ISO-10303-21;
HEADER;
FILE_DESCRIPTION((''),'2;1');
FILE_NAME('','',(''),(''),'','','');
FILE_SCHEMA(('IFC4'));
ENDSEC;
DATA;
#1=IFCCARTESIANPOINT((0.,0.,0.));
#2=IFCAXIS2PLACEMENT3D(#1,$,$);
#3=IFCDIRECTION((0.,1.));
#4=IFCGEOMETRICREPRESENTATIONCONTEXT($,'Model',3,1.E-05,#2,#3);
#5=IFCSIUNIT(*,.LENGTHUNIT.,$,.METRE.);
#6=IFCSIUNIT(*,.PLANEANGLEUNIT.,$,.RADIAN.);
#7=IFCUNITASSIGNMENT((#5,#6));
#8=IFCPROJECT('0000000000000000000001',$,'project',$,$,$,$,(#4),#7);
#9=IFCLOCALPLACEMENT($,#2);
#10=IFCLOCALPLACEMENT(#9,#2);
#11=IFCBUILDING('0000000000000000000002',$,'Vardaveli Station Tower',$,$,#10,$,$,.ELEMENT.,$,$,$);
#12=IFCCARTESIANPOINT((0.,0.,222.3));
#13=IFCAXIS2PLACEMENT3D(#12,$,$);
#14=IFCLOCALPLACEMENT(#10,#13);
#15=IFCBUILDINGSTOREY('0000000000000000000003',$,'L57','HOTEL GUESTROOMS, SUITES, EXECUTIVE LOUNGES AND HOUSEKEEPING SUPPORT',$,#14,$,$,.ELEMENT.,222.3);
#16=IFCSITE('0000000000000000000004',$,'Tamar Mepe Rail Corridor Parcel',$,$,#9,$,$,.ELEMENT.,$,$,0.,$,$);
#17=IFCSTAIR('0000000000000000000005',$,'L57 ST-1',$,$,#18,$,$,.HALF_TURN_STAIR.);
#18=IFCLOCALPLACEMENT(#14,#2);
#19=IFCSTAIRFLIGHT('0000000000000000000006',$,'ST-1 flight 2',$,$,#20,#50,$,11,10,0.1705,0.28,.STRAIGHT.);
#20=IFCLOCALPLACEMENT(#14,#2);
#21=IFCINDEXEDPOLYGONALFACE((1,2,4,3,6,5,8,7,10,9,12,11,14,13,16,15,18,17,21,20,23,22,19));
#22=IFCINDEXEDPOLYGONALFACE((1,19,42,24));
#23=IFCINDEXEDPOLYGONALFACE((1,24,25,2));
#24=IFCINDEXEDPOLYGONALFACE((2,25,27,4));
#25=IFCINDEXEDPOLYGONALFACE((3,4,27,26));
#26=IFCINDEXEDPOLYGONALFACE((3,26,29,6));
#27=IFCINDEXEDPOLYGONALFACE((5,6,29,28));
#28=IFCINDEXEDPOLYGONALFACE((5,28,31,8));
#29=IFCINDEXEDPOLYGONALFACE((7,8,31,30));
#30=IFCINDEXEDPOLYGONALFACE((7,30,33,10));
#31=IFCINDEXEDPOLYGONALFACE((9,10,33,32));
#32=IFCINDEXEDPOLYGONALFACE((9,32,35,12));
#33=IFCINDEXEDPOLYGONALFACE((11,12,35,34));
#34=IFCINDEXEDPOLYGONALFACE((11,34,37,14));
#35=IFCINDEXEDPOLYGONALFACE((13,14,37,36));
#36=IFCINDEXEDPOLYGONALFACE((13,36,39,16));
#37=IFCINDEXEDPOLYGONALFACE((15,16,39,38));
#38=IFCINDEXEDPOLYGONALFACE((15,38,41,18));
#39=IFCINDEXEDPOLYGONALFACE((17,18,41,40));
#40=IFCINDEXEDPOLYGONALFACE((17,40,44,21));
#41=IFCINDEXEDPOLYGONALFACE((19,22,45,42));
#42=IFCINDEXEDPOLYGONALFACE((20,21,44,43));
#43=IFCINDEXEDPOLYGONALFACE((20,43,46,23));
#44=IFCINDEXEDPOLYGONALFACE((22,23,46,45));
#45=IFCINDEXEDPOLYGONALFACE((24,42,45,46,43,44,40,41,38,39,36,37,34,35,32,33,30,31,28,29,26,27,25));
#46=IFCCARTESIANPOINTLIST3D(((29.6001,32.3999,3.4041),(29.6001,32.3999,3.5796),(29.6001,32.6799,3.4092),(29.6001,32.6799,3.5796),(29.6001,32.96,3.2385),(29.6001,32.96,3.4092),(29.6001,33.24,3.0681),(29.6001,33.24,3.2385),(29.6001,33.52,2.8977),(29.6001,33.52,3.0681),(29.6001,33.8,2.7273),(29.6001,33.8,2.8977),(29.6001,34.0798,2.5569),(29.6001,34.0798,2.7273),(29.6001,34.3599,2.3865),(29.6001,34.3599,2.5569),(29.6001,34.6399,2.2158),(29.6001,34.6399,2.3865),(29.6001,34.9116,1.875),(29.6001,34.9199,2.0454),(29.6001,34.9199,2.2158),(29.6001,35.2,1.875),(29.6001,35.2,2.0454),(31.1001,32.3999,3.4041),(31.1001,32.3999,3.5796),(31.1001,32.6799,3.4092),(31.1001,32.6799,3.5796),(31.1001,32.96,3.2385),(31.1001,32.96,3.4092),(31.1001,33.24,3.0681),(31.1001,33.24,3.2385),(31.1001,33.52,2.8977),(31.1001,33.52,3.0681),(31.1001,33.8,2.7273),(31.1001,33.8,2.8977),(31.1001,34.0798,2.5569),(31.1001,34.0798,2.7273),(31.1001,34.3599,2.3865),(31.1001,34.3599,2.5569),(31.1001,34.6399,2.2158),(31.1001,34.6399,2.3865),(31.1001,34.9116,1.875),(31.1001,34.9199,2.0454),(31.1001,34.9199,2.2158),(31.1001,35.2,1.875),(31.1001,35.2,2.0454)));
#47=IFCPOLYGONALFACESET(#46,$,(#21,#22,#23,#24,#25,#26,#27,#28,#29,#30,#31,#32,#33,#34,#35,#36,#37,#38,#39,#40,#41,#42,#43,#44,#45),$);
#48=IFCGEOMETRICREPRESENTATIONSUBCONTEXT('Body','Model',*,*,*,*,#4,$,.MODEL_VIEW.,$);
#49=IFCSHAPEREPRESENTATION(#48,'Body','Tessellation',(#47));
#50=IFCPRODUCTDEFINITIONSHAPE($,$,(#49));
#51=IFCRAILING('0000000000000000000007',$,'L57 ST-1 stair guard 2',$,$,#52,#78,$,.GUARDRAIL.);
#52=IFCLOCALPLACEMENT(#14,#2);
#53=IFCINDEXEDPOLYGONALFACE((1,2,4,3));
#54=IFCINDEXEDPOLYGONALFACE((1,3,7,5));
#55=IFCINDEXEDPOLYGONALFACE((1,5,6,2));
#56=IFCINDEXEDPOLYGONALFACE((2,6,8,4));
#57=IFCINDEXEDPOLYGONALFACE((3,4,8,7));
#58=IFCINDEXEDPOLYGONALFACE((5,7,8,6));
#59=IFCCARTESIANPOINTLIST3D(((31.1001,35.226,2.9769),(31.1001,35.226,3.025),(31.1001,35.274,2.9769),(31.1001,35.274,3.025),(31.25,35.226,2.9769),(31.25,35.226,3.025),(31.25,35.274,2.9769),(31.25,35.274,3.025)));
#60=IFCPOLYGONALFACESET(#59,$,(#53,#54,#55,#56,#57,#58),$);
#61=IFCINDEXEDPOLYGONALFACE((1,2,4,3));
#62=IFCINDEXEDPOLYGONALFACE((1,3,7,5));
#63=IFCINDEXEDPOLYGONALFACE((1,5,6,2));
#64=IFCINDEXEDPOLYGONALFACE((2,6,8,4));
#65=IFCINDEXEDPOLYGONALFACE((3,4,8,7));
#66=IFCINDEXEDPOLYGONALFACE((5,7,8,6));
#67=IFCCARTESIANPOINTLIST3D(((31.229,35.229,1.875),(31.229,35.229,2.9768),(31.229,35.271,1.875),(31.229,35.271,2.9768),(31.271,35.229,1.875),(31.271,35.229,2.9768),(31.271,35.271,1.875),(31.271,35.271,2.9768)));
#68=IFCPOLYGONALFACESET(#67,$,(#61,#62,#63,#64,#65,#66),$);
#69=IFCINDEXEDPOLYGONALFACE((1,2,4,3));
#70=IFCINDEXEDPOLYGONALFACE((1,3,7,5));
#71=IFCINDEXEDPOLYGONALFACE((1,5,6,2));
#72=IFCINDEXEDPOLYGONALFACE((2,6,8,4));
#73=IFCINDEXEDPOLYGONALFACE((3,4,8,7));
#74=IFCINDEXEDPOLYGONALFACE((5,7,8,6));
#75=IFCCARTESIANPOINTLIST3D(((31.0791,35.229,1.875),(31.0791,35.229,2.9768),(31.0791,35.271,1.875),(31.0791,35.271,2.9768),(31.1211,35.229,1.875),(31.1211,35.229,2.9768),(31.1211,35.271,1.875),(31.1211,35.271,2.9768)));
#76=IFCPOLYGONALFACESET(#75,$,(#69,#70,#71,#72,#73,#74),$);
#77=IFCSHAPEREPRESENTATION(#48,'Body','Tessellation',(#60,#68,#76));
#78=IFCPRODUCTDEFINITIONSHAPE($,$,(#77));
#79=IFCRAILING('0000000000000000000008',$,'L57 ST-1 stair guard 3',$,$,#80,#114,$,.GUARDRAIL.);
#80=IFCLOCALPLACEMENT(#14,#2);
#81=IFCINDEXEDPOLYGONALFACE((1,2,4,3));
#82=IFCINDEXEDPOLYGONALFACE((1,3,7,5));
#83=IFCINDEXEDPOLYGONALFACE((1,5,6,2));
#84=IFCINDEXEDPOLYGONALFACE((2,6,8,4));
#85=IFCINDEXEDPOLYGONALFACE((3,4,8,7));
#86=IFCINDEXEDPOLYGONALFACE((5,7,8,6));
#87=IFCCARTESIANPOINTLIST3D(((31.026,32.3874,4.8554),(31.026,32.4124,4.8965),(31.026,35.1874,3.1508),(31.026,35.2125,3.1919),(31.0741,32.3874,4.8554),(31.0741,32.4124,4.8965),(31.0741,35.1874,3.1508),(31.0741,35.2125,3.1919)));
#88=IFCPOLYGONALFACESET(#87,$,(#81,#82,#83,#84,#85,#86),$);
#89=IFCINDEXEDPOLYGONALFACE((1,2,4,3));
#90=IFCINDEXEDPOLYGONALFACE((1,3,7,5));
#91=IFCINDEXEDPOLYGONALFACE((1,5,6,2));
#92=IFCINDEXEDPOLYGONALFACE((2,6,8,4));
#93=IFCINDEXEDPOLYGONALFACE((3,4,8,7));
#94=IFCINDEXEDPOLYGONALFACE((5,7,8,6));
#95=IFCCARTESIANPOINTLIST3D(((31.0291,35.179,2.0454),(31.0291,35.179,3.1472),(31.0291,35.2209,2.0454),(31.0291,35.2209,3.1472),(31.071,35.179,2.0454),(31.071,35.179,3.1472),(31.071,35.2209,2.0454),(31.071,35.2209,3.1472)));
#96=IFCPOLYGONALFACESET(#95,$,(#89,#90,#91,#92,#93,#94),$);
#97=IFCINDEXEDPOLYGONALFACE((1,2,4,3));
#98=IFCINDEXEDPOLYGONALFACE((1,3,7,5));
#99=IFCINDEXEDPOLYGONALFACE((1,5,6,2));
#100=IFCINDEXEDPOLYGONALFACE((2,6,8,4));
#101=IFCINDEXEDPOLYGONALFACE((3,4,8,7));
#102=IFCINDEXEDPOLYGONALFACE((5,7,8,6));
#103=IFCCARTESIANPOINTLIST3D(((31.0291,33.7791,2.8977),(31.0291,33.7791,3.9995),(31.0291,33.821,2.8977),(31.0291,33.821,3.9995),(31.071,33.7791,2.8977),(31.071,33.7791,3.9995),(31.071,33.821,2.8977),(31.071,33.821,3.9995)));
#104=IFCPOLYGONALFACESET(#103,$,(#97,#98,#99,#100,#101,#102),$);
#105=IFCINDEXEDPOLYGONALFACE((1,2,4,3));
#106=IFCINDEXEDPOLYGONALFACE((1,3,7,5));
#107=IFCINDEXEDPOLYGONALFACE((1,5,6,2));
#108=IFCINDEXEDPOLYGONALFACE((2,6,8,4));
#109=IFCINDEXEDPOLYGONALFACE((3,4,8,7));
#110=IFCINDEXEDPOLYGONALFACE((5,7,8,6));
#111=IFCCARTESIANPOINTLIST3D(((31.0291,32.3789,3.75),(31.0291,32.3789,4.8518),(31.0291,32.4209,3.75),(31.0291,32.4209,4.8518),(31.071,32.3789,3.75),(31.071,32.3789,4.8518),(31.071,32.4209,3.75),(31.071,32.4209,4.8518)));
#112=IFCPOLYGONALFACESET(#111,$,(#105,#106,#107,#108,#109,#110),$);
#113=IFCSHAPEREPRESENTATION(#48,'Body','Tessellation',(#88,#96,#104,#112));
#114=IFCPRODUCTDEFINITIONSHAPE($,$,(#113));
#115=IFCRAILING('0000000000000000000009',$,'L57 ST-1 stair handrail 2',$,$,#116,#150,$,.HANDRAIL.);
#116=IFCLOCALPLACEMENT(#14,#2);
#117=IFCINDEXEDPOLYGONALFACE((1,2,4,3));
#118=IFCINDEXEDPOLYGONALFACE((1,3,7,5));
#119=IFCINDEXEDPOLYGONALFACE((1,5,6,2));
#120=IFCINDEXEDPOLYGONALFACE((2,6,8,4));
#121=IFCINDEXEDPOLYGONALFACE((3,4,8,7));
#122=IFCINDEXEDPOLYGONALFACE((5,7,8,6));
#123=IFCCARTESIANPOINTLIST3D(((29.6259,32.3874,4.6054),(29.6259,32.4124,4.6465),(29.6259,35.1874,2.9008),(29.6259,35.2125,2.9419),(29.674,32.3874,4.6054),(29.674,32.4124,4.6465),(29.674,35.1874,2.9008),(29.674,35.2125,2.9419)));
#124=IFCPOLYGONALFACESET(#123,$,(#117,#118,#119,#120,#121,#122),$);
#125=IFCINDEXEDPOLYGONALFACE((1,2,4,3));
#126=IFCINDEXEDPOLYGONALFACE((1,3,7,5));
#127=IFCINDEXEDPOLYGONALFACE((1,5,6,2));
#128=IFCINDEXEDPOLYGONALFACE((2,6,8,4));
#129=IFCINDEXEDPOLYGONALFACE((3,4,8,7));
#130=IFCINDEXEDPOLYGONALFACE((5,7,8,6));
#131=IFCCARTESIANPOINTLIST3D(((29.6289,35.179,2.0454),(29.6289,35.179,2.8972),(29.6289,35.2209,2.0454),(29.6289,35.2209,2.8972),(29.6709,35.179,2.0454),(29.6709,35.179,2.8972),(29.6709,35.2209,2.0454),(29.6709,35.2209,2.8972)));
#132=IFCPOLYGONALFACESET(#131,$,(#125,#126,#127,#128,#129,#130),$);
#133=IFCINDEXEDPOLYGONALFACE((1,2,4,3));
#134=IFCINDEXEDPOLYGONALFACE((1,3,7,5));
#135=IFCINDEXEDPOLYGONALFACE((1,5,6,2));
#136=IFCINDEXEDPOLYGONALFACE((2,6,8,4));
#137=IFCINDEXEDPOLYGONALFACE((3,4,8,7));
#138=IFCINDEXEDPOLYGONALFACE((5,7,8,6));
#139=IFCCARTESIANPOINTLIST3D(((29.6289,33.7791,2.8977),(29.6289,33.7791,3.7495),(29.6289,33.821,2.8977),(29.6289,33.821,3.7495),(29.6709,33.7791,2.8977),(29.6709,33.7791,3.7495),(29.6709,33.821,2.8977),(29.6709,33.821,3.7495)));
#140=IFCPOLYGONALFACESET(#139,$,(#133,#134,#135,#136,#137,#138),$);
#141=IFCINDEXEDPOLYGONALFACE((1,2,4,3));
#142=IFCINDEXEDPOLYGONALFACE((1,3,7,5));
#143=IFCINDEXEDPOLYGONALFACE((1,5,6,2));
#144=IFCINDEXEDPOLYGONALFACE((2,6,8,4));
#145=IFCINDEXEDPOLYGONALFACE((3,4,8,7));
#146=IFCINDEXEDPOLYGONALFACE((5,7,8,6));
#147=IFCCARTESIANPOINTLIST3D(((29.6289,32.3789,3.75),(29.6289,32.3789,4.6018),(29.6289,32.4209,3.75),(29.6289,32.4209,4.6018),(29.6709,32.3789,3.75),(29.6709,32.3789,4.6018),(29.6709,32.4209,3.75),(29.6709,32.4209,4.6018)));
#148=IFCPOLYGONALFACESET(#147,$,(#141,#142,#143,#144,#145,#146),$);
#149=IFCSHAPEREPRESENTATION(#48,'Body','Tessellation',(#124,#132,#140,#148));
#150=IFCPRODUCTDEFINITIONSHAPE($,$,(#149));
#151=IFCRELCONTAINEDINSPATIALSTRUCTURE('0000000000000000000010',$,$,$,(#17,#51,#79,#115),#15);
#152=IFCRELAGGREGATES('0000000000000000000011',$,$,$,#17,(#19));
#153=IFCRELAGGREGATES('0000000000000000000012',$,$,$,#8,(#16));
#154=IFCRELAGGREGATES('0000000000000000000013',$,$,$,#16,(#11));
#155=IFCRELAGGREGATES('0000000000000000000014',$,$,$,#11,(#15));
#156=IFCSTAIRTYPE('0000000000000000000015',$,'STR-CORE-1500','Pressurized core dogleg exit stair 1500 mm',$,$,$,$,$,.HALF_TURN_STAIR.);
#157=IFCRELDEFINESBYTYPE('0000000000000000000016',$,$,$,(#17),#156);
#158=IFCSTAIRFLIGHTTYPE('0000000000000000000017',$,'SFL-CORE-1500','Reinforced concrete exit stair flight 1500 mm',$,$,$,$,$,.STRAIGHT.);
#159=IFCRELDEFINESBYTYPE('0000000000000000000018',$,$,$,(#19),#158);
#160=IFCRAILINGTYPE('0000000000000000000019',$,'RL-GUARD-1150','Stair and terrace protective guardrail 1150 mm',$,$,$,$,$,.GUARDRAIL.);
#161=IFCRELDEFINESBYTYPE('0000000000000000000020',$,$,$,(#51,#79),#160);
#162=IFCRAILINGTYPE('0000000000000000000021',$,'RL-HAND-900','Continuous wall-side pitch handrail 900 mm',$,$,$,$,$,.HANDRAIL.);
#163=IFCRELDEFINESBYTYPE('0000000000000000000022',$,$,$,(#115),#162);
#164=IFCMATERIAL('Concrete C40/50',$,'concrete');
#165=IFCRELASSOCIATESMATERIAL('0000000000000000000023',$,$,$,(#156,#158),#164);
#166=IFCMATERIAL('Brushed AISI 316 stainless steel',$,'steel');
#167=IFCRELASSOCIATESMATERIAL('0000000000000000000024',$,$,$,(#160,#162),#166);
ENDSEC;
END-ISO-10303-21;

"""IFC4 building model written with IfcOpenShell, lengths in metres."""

from ifc_helpers import new_model, si_unit, direction, frame, origin, origin_2d, place, context, subcontext, project, spatial, polyline, rectangle, outline, extrude, source, transform, mapped, material, type_object, element, aggregate, save


model = new_model("IFC4")

# Units and contexts
model_context = context("Model", 3, precision=1e-05, world=origin(), true_north=direction((0.0, 1.0)))
body_context = subcontext(model_context, "Body", "Model", "MODEL_VIEW")
ifc_project = project(units=[si_unit("LENGTHUNIT", "METRE"), si_unit("PLANEANGLEUNIT", "RADIAN")], contexts=[model_context])

# Site, building, storey
site_placement = place(None, origin())
site = spatial("IfcSite", under=ifc_project, at=site_placement, Name="Tamar Mepe Rail Corridor Parcel", CompositionType="ELEMENT", RefElevation=0.0)
building_placement = place(site_placement, origin())
building = spatial("IfcBuilding", under=site, at=building_placement, Name="Vardaveli Station Tower", CompositionType="ELEMENT")
storey_placement = place(building_placement, frame((0.0, 0.0, 222.3)))
storey = spatial("IfcBuildingStorey", under=building, at=storey_placement, Name="L57", Description="HOTEL GUESTROOMS, SUITES, EXECUTIVE LOUNGES AND HOUSEKEEPING SUPPORT", CompositionType="ELEMENT", Elevation=222.3)

# Shared definitions
ifc_material_1 = material(Name="Concrete C40/50", Category="concrete")

# Stair, stair flight
stair_type = type_object("IfcStairType", Name="STR-CORE-1500", Description="Pressurized core dogleg exit stair 1500 mm", PredefinedType="HALF_TURN_STAIR", material=ifc_material_1)
stair_placement = place(storey_placement, origin())
stair = element("IfcStair", 1, at=stair_placement, inside=storey, type_object=stair_type, Name="L57 ST-1", PredefinedType="HALF_TURN_STAIR")
stair_flight_type = type_object("IfcStairFlightType", Name="SFL-CORE-1500", Description="Reinforced concrete exit stair flight 1500 mm", PredefinedType="STRAIGHT", material=ifc_material_1)
shared_shape_1 = source(origin(), body_context, "Body", "SweptSolid", [
    extrude(outline(polyline([(0.0, 0.0), (0.0, 0.1704), (0.28, 0.1704), (0.28, 0.3408), (0.5601, 0.3408), (0.5601, 0.5115), (0.8401, 0.5115), (0.8401, 0.6819), (1.1201, 0.6819), (1.1201, 0.8523), (1.3999, 0.8523), (1.3999, 1.0227), (1.6799, 1.0227), (1.6799, 1.1931), (1.96, 1.1931), (1.96, 1.3635), (2.24, 1.3635), (2.24, 1.5342), (2.52, 1.5342), (2.52, 1.7046), (2.8, 1.7046), (2.8, 1.875), (2.8, 1.5291), (0.2883, 0.0), (0.0, 0.0)])), frame((0.0, 0.75, 0.0), z_axis=(0.0, -1.0, 0.0), x_axis=(1.0, 0.0, 0.0)), (0.0, 0.0, 1.0), 1.5),
])
stair_flight_placement = place(storey_placement, frame((30.3501, 35.2, 1.875), z_axis=(0.0, 0.0, 1.0), x_axis=(0.0, -1.0, 0.0)))
stair_flight = element("IfcStairFlight", 2, at=stair_flight_placement, type_object=stair_flight_type, Name="ST-1 flight 2", NumberOfRisers=11, NumberOfTreads=10, PredefinedType="STRAIGHT", RiserHeight=0.1705, TreadLength=0.28, context=body_context, shape_type="MappedRepresentation", body=[
    mapped(shared_shape_1, transform((0.0, 0.0, 0.0), scale=1.0)),
])
aggregate(stair, [stair_flight])

# Railings
ifc_material_2 = material(Name="Brushed AISI 316 stainless steel", Category="steel")
railing_type_1 = type_object("IfcRailingType", Name="RL-GUARD-1150", Description="Stair and terrace protective guardrail 1150 mm", PredefinedType="GUARDRAIL", material=ifc_material_2)
shared_shape_2 = source(origin(), body_context, "Body", "SweptSolid", [
    extrude(rectangle(XDim=0.0481, YDim=0.0481, at=origin_2d()), frame((0.0, 0.0, 1.126), z_axis=(-1.0, 0.0, 0.0), x_axis=(0.0, -1.0, 0.0)), (0.0, 0.0, 1.0), 0.1499),
    extrude(rectangle(XDim=0.042, YDim=0.042, at=origin_2d()), origin(), (0.0, 0.0, 1.0), 1.1018),
    extrude(rectangle(XDim=0.042, YDim=0.042, at=origin_2d()), frame((-0.1499, 0.0, 0.0)), (0.0, 0.0, 1.0), 1.1018),
])
railing_1_placement = place(storey_placement, frame((31.25, 35.25, 1.875)))
element("IfcRailing", 3, at=railing_1_placement, inside=storey, type_object=railing_type_1, Name="L57 ST-1 stair guard 2", PredefinedType="GUARDRAIL", context=body_context, shape_type="MappedRepresentation", body=[
    mapped(shared_shape_2, transform((0.0, 0.0, 0.0), scale=1.0)),
])
shared_shape_3 = source(origin(), body_context, "Body", "SweptSolid", [
    extrude(rectangle(XDim=0.0481, YDim=0.0481, at=origin_2d()), frame((0.0, 0.0, 1.126), z_axis=(0.0, -0.85417, 0.519994), x_axis=(1.0, 0.0, 0.0)), (0.0, 0.0, 1.0), 3.2781),
    extrude(rectangle(XDim=0.042, YDim=0.042, at=origin_2d()), origin(), (0.0, 0.0, 1.0), 1.1018),
    extrude(rectangle(XDim=0.042, YDim=0.042, at=origin_2d()), frame((0.0, -1.3999, 0.8523)), (0.0, 0.0, 1.0), 1.1018),
    extrude(rectangle(XDim=0.042, YDim=0.042, at=origin_2d()), frame((0.0, -2.8, 1.7046)), (0.0, 0.0, 1.0), 1.1018),
])
railing_2_placement = place(storey_placement, frame((31.05, 35.2, 2.0454)))
element("IfcRailing", 4, at=railing_2_placement, inside=storey, type_object=railing_type_1, Name="L57 ST-1 stair guard 3", PredefinedType="GUARDRAIL", context=body_context, shape_type="MappedRepresentation", body=[
    mapped(shared_shape_3, transform((0.0, 0.0, 0.0), scale=1.0)),
])
railing_type_2 = type_object("IfcRailingType", Name="RL-HAND-900", Description="Continuous wall-side pitch handrail 900 mm", PredefinedType="HANDRAIL", material=ifc_material_2)
shared_shape_4 = source(origin(), body_context, "Body", "SweptSolid", [
    extrude(rectangle(XDim=0.0481, YDim=0.0481, at=origin_2d()), frame((0.0, 0.0, 0.876), z_axis=(0.0, -0.85417, 0.519994), x_axis=(1.0, 0.0, 0.0)), (0.0, 0.0, 1.0), 3.2781),
    extrude(rectangle(XDim=0.042, YDim=0.042, at=origin_2d()), origin(), (0.0, 0.0, 1.0), 0.8518),
    extrude(rectangle(XDim=0.042, YDim=0.042, at=origin_2d()), frame((0.0, -1.3999, 0.8523)), (0.0, 0.0, 1.0), 0.8518),
    extrude(rectangle(XDim=0.042, YDim=0.042, at=origin_2d()), frame((0.0, -2.8, 1.7046)), (0.0, 0.0, 1.0), 0.8518),
])
railing_3_placement = place(storey_placement, frame((29.6499, 35.2, 2.0454)))
element("IfcRailing", 5, at=railing_3_placement, inside=storey, type_object=railing_type_2, Name="L57 ST-1 stair handrail 2", PredefinedType="HANDRAIL", context=body_context, shape_type="MappedRepresentation", body=[
    mapped(shared_shape_4, transform((0.0, 0.0, 0.0), scale=1.0)),
])

save(model, "model.ifc")
